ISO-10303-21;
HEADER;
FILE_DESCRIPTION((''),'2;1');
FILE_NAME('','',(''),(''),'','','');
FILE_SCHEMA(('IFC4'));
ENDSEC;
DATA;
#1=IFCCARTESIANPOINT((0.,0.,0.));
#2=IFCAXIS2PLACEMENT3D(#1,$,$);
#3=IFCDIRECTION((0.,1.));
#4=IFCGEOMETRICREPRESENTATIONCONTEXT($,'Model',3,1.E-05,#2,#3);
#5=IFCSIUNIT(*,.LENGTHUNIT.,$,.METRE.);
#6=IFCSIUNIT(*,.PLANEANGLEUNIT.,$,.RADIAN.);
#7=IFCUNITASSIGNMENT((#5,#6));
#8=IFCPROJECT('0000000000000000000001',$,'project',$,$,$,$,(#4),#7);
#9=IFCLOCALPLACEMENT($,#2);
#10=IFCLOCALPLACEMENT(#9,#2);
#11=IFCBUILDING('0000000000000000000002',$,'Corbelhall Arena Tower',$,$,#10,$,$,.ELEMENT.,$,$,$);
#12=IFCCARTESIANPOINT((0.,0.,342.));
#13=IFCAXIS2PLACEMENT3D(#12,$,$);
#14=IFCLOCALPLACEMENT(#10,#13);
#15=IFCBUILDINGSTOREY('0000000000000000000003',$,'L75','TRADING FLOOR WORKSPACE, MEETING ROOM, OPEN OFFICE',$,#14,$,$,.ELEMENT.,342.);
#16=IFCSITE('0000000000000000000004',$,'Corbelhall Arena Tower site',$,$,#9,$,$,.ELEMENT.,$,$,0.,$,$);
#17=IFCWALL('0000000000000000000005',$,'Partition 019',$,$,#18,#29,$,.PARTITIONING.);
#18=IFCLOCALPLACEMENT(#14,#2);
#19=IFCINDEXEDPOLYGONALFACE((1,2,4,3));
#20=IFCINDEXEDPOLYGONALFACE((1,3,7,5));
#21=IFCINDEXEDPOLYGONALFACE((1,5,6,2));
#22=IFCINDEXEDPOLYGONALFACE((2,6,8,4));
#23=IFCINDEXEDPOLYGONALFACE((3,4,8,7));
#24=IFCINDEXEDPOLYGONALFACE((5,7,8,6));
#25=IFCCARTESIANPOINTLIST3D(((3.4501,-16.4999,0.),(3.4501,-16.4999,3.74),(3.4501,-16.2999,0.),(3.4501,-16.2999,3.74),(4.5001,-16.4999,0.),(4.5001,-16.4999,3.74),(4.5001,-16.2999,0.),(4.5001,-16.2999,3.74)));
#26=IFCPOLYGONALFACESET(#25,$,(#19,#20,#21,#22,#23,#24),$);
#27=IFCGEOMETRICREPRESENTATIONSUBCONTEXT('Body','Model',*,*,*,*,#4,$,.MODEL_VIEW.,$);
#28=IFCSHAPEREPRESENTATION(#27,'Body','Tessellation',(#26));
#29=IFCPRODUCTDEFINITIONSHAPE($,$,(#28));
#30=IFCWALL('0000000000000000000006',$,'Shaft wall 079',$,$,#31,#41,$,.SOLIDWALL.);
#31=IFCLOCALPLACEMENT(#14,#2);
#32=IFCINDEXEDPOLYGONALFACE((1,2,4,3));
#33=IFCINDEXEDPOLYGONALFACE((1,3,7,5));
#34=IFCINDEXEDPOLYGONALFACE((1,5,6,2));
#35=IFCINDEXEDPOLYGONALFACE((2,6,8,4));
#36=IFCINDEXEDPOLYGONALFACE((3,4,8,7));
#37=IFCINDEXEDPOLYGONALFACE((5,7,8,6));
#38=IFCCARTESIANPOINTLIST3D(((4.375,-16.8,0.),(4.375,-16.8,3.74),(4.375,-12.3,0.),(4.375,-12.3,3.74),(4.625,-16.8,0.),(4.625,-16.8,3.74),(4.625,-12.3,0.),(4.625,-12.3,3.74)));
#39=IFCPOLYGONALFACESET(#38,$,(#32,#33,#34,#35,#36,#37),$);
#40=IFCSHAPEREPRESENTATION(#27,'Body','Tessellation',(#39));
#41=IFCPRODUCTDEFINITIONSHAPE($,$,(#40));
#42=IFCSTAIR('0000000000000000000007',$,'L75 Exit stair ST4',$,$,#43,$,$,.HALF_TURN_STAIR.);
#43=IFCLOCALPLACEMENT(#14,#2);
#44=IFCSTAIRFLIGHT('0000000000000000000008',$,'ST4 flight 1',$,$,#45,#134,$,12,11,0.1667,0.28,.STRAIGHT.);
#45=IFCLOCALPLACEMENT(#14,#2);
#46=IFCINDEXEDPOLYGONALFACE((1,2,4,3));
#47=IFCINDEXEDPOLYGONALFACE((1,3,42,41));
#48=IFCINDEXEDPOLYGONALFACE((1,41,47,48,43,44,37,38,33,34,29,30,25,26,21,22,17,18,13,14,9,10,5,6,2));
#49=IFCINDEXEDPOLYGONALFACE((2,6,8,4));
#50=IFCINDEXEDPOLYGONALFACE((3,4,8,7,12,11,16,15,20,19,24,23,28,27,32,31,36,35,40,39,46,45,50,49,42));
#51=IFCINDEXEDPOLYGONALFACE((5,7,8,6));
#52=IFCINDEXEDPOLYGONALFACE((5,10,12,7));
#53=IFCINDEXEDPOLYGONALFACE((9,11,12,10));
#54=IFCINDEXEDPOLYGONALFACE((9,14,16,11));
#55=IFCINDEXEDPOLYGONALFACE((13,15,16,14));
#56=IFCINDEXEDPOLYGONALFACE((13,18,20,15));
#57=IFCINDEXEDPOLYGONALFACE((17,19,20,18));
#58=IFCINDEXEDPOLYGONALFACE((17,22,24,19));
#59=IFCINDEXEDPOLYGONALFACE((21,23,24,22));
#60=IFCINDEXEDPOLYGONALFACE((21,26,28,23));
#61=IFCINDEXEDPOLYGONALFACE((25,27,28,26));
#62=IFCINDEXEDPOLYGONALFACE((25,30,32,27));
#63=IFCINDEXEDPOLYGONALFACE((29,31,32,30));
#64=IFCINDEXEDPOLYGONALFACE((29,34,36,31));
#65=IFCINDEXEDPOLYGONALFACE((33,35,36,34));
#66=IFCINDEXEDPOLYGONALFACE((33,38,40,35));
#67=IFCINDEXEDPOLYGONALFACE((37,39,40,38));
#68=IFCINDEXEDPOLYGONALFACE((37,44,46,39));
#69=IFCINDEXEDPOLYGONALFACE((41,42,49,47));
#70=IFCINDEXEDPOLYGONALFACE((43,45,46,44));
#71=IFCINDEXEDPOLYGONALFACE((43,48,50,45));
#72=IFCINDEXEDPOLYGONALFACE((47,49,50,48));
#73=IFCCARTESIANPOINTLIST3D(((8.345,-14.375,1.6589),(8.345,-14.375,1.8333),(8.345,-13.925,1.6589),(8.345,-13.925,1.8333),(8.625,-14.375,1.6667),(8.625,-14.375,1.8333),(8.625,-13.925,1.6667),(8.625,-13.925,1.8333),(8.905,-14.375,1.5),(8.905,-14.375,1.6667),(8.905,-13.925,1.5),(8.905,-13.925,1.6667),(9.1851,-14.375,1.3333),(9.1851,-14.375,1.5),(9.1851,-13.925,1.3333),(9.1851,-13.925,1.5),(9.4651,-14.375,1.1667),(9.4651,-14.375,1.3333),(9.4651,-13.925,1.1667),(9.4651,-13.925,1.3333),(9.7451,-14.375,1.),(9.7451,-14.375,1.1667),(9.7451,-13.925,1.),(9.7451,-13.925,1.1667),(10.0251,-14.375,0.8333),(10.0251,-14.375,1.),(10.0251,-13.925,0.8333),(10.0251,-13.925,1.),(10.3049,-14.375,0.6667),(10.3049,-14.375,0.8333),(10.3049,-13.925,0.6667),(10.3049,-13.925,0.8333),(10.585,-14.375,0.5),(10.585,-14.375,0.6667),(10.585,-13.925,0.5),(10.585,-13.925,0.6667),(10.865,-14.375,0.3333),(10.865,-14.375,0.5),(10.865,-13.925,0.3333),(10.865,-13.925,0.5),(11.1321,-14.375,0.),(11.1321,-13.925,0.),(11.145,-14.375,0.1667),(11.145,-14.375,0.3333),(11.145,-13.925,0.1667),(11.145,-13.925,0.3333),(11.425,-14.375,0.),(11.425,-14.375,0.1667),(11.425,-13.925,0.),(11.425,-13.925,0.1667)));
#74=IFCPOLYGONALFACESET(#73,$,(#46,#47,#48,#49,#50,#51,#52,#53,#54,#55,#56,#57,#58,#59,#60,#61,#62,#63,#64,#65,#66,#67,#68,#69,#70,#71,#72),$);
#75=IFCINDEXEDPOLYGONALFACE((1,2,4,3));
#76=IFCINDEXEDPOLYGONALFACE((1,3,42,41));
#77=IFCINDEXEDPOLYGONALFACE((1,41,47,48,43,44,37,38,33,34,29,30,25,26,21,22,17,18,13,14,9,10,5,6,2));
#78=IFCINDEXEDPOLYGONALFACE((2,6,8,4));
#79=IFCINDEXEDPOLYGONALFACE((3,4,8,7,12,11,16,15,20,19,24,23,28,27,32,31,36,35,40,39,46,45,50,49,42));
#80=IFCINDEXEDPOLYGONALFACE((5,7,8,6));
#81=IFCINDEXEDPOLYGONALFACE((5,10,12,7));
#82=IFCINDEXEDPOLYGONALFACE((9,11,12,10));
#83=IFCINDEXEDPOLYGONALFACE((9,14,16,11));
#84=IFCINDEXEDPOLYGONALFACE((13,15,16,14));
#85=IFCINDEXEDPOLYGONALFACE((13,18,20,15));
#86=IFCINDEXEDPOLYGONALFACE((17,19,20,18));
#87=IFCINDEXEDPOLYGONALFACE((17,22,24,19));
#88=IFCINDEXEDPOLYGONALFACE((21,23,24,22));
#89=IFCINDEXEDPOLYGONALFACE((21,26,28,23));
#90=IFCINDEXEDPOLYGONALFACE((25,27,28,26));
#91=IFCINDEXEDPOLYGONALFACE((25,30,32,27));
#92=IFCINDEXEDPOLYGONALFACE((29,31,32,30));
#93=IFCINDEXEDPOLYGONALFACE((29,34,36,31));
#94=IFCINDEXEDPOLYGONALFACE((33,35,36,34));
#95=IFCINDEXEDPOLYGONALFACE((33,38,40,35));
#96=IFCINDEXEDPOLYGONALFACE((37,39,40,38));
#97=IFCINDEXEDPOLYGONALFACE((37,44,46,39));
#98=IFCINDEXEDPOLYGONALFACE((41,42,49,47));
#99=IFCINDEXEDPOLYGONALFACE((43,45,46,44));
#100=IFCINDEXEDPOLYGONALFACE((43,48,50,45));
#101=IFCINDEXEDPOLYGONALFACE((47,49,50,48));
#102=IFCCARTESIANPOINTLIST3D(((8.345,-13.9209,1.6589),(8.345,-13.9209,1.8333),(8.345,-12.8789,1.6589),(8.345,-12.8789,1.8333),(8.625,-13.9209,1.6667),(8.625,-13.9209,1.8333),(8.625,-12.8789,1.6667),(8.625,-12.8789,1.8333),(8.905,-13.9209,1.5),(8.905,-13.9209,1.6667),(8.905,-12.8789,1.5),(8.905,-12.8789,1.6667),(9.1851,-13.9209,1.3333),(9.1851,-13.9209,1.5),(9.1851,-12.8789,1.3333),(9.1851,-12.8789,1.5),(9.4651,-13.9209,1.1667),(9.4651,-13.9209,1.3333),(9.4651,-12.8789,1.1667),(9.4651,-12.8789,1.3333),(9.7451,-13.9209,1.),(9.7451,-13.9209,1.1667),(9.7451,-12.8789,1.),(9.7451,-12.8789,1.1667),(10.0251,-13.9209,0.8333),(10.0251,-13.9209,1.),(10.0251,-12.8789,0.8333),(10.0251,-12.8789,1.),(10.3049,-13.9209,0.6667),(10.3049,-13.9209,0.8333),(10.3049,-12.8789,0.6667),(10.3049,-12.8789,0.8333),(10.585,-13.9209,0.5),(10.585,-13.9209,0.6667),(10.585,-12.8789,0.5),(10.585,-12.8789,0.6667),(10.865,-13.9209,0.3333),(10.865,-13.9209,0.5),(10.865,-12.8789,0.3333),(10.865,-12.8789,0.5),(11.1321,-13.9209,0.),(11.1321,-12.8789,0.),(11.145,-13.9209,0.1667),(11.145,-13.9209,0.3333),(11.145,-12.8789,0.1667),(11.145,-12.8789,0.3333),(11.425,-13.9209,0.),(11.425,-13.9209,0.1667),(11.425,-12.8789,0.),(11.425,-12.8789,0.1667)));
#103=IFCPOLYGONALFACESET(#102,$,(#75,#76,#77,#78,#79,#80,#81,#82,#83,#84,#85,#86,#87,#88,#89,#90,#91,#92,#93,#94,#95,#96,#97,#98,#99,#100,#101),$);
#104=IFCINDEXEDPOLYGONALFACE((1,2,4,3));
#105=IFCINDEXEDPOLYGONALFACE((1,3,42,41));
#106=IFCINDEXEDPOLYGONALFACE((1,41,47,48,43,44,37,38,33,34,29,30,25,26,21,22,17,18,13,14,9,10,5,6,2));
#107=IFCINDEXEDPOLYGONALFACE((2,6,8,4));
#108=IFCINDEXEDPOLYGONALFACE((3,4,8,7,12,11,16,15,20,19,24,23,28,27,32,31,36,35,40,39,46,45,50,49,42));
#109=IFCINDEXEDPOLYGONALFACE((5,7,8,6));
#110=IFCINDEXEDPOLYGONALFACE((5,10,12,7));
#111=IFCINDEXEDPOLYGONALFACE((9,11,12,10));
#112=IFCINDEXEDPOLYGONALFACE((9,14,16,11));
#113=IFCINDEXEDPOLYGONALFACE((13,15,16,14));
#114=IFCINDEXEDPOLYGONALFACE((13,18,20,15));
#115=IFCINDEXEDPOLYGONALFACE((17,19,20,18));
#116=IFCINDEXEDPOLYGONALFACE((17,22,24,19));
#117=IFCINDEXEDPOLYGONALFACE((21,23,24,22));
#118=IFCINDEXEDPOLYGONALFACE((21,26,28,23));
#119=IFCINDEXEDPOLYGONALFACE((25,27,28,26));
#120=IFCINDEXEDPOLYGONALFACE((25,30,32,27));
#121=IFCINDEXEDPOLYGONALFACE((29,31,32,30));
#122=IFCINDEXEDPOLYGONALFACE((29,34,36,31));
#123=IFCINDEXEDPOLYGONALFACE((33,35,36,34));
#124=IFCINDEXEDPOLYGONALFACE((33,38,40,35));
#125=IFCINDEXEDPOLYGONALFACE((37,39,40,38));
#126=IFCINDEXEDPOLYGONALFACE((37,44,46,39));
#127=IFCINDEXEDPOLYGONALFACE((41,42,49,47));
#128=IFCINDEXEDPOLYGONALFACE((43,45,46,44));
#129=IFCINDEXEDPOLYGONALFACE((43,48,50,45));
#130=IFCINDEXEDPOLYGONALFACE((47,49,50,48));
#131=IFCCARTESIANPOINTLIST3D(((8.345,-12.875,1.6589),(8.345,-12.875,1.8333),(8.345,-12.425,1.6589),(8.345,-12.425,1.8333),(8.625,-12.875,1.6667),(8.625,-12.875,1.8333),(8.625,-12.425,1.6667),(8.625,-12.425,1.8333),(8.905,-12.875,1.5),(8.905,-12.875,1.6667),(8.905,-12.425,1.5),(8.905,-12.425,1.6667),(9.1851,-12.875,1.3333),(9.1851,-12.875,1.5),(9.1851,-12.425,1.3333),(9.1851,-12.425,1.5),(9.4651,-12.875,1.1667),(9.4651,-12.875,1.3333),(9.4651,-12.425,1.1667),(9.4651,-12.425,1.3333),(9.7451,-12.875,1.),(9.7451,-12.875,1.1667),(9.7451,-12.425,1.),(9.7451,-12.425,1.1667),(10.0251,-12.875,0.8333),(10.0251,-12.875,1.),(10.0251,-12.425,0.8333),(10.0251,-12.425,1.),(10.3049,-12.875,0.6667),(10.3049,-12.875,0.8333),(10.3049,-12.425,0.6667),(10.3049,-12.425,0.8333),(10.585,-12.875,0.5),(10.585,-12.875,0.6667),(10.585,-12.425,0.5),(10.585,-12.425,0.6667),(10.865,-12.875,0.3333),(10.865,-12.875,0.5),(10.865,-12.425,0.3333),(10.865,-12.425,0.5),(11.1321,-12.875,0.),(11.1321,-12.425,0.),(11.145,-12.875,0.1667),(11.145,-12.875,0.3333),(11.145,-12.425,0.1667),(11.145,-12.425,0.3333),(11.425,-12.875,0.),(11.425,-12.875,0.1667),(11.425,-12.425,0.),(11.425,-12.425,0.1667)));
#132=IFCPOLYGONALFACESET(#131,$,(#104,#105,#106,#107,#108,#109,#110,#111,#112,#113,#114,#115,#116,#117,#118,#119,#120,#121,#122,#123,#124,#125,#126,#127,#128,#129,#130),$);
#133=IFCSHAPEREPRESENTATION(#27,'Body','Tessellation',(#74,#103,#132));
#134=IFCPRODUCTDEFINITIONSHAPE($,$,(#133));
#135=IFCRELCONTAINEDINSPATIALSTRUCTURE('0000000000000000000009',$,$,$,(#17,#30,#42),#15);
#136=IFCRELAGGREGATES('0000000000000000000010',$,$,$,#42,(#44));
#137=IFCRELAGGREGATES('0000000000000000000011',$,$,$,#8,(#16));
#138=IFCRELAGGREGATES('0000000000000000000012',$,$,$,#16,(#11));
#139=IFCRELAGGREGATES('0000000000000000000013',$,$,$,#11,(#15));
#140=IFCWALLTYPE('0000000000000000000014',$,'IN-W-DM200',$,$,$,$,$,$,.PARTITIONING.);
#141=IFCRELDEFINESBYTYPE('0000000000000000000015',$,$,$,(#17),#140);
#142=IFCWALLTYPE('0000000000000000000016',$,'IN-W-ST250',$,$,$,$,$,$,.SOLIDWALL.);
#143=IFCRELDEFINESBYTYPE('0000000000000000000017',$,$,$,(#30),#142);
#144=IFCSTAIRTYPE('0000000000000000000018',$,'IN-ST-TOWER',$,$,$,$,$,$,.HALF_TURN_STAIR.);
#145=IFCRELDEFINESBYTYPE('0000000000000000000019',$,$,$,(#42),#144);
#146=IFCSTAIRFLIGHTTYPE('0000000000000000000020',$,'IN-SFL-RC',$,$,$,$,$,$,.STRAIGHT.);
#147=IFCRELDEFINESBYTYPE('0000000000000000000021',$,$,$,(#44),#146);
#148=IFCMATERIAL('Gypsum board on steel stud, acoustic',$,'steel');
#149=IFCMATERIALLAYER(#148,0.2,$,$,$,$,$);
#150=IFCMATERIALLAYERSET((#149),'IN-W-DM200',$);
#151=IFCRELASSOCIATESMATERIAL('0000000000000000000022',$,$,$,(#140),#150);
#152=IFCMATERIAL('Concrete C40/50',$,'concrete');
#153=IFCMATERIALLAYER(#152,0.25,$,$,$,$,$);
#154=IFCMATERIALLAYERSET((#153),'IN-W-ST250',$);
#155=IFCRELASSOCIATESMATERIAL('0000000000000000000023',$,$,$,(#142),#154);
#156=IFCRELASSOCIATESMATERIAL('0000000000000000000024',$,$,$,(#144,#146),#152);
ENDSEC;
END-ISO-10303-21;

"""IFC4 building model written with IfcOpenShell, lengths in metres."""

from ifc_helpers import new_model, si_unit, direction, frame, frame_2d, origin, place, context, subcontext, project, spatial, polyline, rectangle, outline, extrude, material, layer, layer_set, type_object, element, aggregate, save


model = new_model("IFC4")

# Units and contexts
model_context = context("Model", 3, precision=1e-05, world=origin(), true_north=direction((0.0, 1.0)))
body_context = subcontext(model_context, "Body", "Model", "MODEL_VIEW")
ifc_project = project(units=[si_unit("LENGTHUNIT", "METRE"), si_unit("PLANEANGLEUNIT", "RADIAN")], contexts=[model_context])

# Site, building, storey
site_placement = place(None, origin())
site = spatial("IfcSite", under=ifc_project, at=site_placement, Name="Corbelhall Arena Tower site", CompositionType="ELEMENT", RefElevation=0.0)
building_placement = place(site_placement, origin())
building = spatial("IfcBuilding", under=site, at=building_placement, Name="Corbelhall Arena Tower", CompositionType="ELEMENT")
storey_placement = place(building_placement, frame((0.0, 0.0, 342.0)))
storey = spatial("IfcBuildingStorey", under=building, at=storey_placement, Name="L75", Description="TRADING FLOOR WORKSPACE, MEETING ROOM, OPEN OFFICE", CompositionType="ELEMENT", Elevation=342.0)

# Walls
ifc_material_1 = material(Name="Gypsum board on steel stud, acoustic", Category="steel")
ifc_layer_1 = layer(ifc_material_1, 0.2)
ifc_layer_set_1 = layer_set([ifc_layer_1], Name="IN-W-DM200")
wall_type_1 = type_object("IfcWallType", Name="IN-W-DM200", PredefinedType="PARTITIONING", material=ifc_layer_set_1)
wall_1_placement = place(storey_placement, frame((4.5, -16.3999, 0.0), z_axis=(0.0, 0.0, 1.0), x_axis=(-1.0, 0.0, 0.0)))
element("IfcWall", 1, at=wall_1_placement, inside=storey, type_object=wall_type_1, Name="Partition 019", PredefinedType="PARTITIONING", context=body_context, shape_type="SweptSolid", body=[
    extrude(rectangle(XDim=1.05, YDim=0.2, at=frame_2d((0.5249, 0.0))), origin(), (0.0, 0.0, 1.0), 3.74),
])
ifc_material_2 = material(Name="Concrete C40/50", Category="concrete")
ifc_layer_2 = layer(ifc_material_2, 0.25)
ifc_layer_set_2 = layer_set([ifc_layer_2], Name="IN-W-ST250")
wall_type_2 = type_object("IfcWallType", Name="IN-W-ST250", PredefinedType="SOLIDWALL", material=ifc_layer_set_2)
wall_2_placement = place(storey_placement, frame((4.5, -16.8, 0.0), z_axis=(0.0, 0.0, 1.0), x_axis=(0.0, 1.0, 0.0)))
element("IfcWall", 2, at=wall_2_placement, inside=storey, type_object=wall_type_2, Name="Shaft wall 079", PredefinedType="SOLIDWALL", context=body_context, shape_type="SweptSolid", body=[
    extrude(rectangle(XDim=4.5, YDim=0.25, at=frame_2d((2.25, 0.0))), origin(), (0.0, 0.0, 1.0), 3.74),
])

# Stair, stair flight
stair_type = type_object("IfcStairType", Name="IN-ST-TOWER", PredefinedType="HALF_TURN_STAIR", material=ifc_material_2)
stair_placement = place(storey_placement, origin())
stair = element("IfcStair", 3, at=stair_placement, inside=storey, type_object=stair_type, Name="L75 Exit stair ST4", PredefinedType="HALF_TURN_STAIR")
stair_flight_type = type_object("IfcStairFlightType", Name="IN-SFL-RC", PredefinedType="STRAIGHT", material=ifc_material_2)
stair_flight_1_placement = place(storey_placement, frame((11.425, -13.3999, 0.0), z_axis=(0.0, 0.0, 1.0), x_axis=(-1.0, 0.0, 0.0)))
stair_flight_1 = element("IfcStairFlight", 4, at=stair_flight_1_placement, type_object=stair_flight_type, Name="ST4 flight 1", NumberOfRisers=12, NumberOfTreads=11, PredefinedType="STRAIGHT", RiserHeight=0.1667, TreadLength=0.28, context=body_context, shape_type="SweptSolid", body=[
    extrude(outline(polyline([(0.0, 0.0), (0.0, 0.1667), (0.28, 0.1667), (0.28, 0.3333), (0.5601, 0.3333), (0.5601, 0.5), (0.8401, 0.5), (0.8401, 0.6667), (1.1201, 0.6667), (1.1201, 0.8333), (1.3999, 0.8333), (1.3999, 1.0), (1.6799, 1.0), (1.6799, 1.1667), (1.96, 1.1667), (1.96, 1.3333), (2.24, 1.3333), (2.24, 1.5), (2.52, 1.5), (2.52, 1.6667), (2.8, 1.6667), (2.8, 1.8333), (3.0801, 1.8333), (3.0801, 2.0), (3.0801, 1.6589), (0.293, 0.0), (0.0, 0.0)])), frame((0.0, 0.9751, 0.0), z_axis=(0.0, -1.0, 0.0), x_axis=(1.0, 0.0, 0.0)), (0.0, 0.0, 1.0), 0.45),
    extrude(outline(polyline([(0.0, 0.0), (0.0, 0.1667), (0.28, 0.1667), (0.28, 0.3333), (0.5601, 0.3333), (0.5601, 0.5), (0.8401, 0.5), (0.8401, 0.6667), (1.1201, 0.6667), (1.1201, 0.8333), (1.3999, 0.8333), (1.3999, 1.0), (1.6799, 1.0), (1.6799, 1.1667), (1.96, 1.1667), (1.96, 1.3333), (2.24, 1.3333), (2.24, 1.5), (2.52, 1.5), (2.52, 1.6667), (2.8, 1.6667), (2.8, 1.8333), (3.0801, 1.8333), (3.0801, 2.0), (3.0801, 1.6589), (0.293, 0.0), (0.0, 0.0)])), frame((0.0, 0.521, 0.0), z_axis=(0.0, -1.0, 0.0), x_axis=(1.0, 0.0, 0.0)), (0.0, 0.0, 1.0), 1.042),
    extrude(outline(polyline([(0.0, 0.0), (0.0, 0.1667), (0.28, 0.1667), (0.28, 0.3333), (0.5601, 0.3333), (0.5601, 0.5), (0.8401, 0.5), (0.8401, 0.6667), (1.1201, 0.6667), (1.1201, 0.8333), (1.3999, 0.8333), (1.3999, 1.0), (1.6799, 1.0), (1.6799, 1.1667), (1.96, 1.1667), (1.96, 1.3333), (2.24, 1.3333), (2.24, 1.5), (2.52, 1.5), (2.52, 1.6667), (2.8, 1.6667), (2.8, 1.8333), (3.0801, 1.8333), (3.0801, 2.0), (3.0801, 1.6589), (0.293, 0.0), (0.0, 0.0)])), frame((0.0, -0.5249, 0.0), z_axis=(0.0, -1.0, 0.0), x_axis=(1.0, 0.0, 0.0)), (0.0, 0.0, 1.0), 0.45),
])
aggregate(stair, [stair_flight_1])

save(model, "model.ifc")
